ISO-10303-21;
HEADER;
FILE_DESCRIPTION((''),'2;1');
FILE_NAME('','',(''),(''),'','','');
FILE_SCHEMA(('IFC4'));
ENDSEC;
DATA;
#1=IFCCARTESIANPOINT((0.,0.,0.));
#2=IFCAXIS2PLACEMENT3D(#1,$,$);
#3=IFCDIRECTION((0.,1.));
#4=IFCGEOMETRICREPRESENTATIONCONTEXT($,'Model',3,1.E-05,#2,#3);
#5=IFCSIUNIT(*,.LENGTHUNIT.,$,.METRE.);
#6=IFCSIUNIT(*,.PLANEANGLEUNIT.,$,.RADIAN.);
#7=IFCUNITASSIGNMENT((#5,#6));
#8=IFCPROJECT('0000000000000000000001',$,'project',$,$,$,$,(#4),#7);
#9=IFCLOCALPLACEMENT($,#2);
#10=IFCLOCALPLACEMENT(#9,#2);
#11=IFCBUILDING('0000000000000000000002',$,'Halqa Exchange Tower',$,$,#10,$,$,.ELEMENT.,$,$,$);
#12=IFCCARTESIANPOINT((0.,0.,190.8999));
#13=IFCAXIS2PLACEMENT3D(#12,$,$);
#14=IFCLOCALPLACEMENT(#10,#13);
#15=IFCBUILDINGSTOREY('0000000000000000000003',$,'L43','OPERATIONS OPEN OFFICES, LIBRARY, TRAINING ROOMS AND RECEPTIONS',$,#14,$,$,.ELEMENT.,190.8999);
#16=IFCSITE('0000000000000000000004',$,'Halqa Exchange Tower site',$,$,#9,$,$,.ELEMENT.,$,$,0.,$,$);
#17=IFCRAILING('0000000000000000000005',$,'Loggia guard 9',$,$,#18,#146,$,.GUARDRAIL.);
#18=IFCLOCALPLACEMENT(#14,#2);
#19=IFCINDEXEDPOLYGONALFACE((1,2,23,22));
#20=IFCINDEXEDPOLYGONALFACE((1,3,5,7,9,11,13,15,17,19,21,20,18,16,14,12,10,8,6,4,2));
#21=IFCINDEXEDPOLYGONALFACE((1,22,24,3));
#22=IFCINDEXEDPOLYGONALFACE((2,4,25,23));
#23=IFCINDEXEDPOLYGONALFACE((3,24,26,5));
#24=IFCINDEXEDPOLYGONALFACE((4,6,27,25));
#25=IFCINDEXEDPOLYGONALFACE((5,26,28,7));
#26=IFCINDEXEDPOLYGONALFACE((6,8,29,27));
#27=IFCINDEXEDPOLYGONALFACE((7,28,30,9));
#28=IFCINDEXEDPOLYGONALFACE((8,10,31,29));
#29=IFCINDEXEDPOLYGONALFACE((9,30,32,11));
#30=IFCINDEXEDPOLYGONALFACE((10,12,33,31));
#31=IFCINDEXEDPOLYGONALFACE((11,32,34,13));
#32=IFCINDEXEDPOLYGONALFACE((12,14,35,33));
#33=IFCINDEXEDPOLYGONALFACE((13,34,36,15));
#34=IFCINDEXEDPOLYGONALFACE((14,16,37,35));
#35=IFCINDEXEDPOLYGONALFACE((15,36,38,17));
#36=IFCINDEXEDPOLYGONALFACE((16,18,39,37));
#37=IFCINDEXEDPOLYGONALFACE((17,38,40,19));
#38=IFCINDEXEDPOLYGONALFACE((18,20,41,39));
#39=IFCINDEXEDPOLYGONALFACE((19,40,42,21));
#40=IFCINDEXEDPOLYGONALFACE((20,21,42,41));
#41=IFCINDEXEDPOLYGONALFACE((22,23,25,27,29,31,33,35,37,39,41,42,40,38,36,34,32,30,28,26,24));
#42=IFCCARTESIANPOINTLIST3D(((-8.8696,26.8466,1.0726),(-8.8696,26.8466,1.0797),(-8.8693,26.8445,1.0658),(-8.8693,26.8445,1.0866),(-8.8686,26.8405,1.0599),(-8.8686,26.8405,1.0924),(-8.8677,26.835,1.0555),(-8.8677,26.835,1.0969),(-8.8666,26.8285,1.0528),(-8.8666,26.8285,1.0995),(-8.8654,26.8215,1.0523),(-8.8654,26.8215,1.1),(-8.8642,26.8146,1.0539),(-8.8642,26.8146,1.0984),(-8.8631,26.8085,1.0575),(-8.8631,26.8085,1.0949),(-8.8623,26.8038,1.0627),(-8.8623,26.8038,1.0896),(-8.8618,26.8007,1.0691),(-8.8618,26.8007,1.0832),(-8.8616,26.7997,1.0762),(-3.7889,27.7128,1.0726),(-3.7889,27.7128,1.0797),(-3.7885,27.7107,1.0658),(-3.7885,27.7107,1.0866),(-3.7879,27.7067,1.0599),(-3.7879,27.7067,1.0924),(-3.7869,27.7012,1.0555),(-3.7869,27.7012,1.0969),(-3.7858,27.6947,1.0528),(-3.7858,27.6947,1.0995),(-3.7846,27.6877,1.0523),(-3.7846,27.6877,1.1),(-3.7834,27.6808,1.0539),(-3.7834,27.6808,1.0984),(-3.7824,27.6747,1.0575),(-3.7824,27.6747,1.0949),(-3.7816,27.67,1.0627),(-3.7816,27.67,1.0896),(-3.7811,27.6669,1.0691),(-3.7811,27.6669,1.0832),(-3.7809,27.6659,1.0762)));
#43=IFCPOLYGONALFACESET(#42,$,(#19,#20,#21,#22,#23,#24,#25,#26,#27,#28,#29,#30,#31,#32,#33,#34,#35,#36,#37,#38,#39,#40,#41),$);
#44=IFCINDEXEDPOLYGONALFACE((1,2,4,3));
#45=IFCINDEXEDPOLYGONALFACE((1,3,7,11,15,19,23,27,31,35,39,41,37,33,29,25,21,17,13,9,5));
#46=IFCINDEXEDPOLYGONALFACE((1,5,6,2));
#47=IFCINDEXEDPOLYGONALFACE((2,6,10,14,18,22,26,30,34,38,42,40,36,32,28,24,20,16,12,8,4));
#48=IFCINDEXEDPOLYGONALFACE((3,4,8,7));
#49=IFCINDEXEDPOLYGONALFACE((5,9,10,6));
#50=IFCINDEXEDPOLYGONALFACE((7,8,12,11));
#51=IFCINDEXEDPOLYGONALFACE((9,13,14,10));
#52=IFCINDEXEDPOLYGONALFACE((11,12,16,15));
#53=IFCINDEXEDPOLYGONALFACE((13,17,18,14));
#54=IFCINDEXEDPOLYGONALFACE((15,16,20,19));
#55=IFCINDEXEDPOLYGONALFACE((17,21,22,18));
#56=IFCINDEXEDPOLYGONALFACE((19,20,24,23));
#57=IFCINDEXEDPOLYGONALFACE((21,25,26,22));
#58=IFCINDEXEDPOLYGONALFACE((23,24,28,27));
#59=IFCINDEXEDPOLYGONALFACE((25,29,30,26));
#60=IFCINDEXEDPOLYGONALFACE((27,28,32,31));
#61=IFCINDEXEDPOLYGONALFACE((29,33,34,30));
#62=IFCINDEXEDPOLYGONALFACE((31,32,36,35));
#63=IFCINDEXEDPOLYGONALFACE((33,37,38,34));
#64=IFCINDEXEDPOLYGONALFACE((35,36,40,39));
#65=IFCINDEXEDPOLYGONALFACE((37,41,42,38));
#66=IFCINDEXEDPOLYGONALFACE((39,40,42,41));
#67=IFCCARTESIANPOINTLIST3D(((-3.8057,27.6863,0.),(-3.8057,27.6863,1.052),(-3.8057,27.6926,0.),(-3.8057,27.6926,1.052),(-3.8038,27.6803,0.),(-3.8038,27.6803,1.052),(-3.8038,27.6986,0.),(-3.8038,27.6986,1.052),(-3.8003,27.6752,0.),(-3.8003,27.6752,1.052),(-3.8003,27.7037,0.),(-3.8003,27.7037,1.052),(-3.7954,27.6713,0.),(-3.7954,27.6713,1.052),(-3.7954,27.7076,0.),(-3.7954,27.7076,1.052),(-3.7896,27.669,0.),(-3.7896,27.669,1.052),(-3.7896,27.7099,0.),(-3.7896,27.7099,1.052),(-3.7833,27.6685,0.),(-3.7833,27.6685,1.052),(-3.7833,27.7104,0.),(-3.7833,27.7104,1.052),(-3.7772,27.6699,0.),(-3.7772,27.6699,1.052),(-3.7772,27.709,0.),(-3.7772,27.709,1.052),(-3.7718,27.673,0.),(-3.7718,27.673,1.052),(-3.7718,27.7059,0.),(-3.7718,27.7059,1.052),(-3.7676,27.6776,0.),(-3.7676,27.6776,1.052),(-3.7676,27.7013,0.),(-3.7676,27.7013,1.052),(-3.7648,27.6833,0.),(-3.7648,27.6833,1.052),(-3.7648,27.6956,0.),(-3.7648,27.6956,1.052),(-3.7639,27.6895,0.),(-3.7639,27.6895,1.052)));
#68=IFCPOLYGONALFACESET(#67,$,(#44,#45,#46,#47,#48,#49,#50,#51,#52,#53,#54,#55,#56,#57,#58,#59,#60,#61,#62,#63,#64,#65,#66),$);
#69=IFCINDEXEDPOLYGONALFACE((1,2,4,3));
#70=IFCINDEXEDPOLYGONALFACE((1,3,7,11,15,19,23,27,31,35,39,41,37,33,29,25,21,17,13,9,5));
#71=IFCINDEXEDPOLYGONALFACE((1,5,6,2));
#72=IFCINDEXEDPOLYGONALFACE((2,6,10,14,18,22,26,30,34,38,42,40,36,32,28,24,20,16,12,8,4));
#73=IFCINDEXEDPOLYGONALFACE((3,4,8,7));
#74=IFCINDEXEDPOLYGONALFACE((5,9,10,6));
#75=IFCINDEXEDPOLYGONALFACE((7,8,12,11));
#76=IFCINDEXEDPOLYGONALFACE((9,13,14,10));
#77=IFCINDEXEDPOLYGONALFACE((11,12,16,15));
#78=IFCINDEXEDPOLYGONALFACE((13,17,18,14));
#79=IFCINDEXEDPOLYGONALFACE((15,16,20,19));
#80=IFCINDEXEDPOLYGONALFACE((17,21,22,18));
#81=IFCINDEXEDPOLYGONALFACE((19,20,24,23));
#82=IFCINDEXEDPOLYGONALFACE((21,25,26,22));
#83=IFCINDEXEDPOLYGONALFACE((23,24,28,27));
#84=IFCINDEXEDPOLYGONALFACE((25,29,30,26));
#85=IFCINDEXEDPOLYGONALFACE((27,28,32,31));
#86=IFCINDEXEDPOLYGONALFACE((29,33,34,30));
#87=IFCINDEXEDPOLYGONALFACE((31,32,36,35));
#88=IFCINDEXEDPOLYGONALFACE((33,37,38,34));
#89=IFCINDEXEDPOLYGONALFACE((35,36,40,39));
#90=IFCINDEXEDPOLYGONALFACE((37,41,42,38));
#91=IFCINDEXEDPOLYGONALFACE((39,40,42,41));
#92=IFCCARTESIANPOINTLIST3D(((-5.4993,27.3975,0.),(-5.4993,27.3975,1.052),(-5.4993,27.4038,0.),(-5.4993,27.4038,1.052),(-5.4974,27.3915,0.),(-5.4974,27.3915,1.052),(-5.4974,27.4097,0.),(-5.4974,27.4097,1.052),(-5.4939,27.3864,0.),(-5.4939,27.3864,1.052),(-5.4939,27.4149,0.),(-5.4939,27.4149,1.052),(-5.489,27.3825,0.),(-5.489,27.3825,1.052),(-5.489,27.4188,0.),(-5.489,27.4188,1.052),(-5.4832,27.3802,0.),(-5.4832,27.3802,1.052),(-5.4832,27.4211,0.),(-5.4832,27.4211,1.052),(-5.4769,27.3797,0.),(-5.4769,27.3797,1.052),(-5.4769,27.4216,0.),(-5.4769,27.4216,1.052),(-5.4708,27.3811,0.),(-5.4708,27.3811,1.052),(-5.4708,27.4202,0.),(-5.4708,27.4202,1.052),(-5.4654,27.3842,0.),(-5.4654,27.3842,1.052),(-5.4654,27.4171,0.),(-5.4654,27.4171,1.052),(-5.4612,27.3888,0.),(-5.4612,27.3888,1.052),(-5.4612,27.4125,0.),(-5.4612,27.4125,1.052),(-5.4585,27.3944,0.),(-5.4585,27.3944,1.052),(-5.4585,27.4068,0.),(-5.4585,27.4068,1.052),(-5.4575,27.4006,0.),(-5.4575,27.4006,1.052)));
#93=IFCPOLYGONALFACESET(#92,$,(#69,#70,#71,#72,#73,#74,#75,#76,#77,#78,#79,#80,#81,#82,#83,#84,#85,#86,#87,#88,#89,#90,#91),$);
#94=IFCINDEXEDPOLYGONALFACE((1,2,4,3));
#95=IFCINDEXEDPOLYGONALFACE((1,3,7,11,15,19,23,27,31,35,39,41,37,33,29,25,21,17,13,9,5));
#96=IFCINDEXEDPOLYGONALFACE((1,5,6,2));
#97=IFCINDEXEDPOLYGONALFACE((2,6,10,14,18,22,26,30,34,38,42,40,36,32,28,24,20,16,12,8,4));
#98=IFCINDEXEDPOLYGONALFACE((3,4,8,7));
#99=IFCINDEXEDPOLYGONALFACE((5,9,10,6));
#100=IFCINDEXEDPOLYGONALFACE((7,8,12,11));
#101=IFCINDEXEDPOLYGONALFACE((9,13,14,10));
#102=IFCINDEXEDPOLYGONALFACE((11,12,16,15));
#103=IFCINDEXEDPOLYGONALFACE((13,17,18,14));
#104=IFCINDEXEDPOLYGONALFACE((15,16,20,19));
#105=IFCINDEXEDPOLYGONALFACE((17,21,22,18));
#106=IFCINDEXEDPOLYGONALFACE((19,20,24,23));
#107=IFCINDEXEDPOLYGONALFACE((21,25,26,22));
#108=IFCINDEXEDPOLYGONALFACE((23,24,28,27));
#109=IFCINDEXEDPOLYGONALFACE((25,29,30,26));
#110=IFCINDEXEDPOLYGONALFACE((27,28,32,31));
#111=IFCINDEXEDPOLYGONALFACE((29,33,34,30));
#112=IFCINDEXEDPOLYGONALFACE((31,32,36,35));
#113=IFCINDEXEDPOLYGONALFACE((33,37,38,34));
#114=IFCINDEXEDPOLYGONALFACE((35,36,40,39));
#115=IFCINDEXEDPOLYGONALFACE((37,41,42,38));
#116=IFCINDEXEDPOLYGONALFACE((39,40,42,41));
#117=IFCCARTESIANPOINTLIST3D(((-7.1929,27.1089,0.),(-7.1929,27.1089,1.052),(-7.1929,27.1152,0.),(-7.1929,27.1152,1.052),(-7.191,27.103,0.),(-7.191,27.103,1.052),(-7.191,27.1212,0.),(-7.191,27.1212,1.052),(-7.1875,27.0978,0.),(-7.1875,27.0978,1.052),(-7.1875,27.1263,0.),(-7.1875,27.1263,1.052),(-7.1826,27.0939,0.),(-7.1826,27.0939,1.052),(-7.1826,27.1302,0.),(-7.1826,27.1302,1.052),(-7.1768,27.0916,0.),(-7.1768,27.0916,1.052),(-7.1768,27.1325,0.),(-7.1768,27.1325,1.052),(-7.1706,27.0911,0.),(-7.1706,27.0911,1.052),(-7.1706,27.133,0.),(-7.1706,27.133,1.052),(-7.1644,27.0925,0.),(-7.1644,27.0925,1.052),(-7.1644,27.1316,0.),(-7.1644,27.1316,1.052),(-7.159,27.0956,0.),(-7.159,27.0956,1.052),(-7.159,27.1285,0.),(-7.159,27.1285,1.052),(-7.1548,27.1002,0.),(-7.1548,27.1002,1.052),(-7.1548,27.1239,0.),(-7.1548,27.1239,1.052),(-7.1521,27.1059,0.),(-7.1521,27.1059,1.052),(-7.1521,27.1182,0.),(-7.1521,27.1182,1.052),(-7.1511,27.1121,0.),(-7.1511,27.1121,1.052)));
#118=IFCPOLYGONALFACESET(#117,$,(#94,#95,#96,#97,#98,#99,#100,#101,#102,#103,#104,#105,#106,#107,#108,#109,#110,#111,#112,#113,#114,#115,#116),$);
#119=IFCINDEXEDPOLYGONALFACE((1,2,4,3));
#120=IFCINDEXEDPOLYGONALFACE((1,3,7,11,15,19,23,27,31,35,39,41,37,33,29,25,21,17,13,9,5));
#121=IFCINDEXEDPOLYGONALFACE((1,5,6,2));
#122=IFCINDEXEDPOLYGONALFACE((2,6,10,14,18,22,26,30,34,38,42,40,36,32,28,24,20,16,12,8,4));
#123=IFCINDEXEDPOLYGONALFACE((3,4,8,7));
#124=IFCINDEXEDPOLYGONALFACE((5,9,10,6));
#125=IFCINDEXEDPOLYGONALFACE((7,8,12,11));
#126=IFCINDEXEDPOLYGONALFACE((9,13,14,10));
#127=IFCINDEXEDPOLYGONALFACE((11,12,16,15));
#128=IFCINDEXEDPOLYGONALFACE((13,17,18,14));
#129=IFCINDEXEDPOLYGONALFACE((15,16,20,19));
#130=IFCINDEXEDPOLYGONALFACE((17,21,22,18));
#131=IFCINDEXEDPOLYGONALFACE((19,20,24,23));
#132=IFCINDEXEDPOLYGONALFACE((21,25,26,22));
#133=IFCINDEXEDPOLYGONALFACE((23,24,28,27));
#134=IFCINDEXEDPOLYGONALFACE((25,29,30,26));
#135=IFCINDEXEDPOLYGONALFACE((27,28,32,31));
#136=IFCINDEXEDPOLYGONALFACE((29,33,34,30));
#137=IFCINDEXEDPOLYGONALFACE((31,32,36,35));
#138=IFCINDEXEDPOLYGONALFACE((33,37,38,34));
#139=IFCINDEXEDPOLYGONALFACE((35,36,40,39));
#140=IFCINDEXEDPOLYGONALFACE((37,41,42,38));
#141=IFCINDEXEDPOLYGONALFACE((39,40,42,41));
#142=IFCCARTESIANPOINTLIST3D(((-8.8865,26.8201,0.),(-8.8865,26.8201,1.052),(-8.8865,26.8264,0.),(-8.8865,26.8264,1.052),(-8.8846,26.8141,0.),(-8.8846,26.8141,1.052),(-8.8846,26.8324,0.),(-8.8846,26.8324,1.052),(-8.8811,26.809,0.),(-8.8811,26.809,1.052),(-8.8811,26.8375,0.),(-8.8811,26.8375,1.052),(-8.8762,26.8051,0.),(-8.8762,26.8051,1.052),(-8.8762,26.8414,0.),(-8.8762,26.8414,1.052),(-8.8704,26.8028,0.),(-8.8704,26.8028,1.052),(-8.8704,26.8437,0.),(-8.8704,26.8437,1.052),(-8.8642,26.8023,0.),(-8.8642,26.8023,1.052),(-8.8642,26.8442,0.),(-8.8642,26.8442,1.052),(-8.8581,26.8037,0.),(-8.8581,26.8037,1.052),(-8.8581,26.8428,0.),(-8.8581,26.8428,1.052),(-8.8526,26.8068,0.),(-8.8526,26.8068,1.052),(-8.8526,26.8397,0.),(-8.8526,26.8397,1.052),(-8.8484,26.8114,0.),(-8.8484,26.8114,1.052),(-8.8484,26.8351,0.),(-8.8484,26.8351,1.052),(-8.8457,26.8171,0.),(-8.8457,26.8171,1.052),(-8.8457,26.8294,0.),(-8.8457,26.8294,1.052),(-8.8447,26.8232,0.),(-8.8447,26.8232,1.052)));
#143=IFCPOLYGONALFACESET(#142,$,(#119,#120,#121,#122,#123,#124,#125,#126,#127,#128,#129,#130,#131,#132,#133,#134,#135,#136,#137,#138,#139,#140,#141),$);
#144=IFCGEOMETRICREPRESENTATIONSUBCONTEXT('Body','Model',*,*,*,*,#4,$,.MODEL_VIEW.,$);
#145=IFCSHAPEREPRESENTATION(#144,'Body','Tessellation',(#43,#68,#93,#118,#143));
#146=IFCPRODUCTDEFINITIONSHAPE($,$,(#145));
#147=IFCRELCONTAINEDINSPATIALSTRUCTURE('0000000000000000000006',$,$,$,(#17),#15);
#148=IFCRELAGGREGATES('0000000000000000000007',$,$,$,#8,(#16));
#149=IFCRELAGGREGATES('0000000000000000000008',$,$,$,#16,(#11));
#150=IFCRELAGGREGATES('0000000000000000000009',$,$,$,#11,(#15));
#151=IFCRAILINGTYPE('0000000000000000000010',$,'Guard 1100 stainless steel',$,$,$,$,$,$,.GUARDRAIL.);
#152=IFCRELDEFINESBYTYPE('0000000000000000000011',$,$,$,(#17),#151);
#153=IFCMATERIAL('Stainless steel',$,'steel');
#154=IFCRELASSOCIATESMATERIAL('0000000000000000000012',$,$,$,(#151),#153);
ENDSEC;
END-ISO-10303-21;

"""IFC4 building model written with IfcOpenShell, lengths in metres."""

from ifc_helpers import new_model, si_unit, direction, frame, origin, origin_2d, place, context, subcontext, project, spatial, circle, extrude, material, type_object, element, save


model = new_model("IFC4")

# Units and contexts
model_context = context("Model", 3, precision=1e-05, world=origin(), true_north=direction((0.0, 1.0)))
body_context = subcontext(model_context, "Body", "Model", "MODEL_VIEW")
ifc_project = project(units=[si_unit("LENGTHUNIT", "METRE"), si_unit("PLANEANGLEUNIT", "RADIAN")], contexts=[model_context])

# Site, building, storey
site_placement = place(None, origin())
site = spatial("IfcSite", under=ifc_project, at=site_placement, Name="Halqa Exchange Tower site", CompositionType="ELEMENT", RefElevation=0.0)
building_placement = place(site_placement, origin())
building = spatial("IfcBuilding", under=site, at=building_placement, Name="Halqa Exchange Tower", CompositionType="ELEMENT")
storey_placement = place(building_placement, frame((0.0, 0.0, 190.8999)))
storey = spatial("IfcBuildingStorey", under=building, at=storey_placement, Name="L43", Description="OPERATIONS OPEN OFFICES, LIBRARY, TRAINING ROOMS AND RECEPTIONS", CompositionType="ELEMENT", Elevation=190.8999)

# Railing
ifc_material_1 = material(Name="Stainless steel", Category="steel")
railing_type_1 = type_object("IfcRailingType", Name="Guard 1100 stainless steel", PredefinedType="GUARDRAIL", material=ifc_material_1)
railing_1_placement = place(storey_placement, frame((-3.7849, 27.6895, 0.0)))
element("IfcRailing", 1, at=railing_1_placement, inside=storey, type_object=railing_type_1, Name="Loggia guard 9", PredefinedType="GUARDRAIL", context=body_context, shape_type="SweptSolid", body=[
    extrude(circle(Radius=0.0239, at=origin_2d()), frame((0.0, 0.0, 1.0762), z_axis=(-0.985776, -0.168062, 0.0), x_axis=(0.168062, -0.985776, 0.0)), (0.0, 0.0, 1.0), 5.1541),
    extrude(circle(Radius=0.021, at=origin_2d()), origin(), (0.0, 0.0, 1.0), 1.052),
    extrude(circle(Radius=0.021, at=origin_2d()), frame((-1.6936, -0.2888, 0.0)), (0.0, 0.0, 1.0), 1.052),
    extrude(circle(Radius=0.021, at=origin_2d()), frame((-3.3872, -0.5774, 0.0)), (0.0, 0.0, 1.0), 1.052),
    extrude(circle(Radius=0.021, at=origin_2d()), frame((-5.0808, -0.8662, 0.0)), (0.0, 0.0, 1.0), 1.052),
])

save(model, "model.ifc")
